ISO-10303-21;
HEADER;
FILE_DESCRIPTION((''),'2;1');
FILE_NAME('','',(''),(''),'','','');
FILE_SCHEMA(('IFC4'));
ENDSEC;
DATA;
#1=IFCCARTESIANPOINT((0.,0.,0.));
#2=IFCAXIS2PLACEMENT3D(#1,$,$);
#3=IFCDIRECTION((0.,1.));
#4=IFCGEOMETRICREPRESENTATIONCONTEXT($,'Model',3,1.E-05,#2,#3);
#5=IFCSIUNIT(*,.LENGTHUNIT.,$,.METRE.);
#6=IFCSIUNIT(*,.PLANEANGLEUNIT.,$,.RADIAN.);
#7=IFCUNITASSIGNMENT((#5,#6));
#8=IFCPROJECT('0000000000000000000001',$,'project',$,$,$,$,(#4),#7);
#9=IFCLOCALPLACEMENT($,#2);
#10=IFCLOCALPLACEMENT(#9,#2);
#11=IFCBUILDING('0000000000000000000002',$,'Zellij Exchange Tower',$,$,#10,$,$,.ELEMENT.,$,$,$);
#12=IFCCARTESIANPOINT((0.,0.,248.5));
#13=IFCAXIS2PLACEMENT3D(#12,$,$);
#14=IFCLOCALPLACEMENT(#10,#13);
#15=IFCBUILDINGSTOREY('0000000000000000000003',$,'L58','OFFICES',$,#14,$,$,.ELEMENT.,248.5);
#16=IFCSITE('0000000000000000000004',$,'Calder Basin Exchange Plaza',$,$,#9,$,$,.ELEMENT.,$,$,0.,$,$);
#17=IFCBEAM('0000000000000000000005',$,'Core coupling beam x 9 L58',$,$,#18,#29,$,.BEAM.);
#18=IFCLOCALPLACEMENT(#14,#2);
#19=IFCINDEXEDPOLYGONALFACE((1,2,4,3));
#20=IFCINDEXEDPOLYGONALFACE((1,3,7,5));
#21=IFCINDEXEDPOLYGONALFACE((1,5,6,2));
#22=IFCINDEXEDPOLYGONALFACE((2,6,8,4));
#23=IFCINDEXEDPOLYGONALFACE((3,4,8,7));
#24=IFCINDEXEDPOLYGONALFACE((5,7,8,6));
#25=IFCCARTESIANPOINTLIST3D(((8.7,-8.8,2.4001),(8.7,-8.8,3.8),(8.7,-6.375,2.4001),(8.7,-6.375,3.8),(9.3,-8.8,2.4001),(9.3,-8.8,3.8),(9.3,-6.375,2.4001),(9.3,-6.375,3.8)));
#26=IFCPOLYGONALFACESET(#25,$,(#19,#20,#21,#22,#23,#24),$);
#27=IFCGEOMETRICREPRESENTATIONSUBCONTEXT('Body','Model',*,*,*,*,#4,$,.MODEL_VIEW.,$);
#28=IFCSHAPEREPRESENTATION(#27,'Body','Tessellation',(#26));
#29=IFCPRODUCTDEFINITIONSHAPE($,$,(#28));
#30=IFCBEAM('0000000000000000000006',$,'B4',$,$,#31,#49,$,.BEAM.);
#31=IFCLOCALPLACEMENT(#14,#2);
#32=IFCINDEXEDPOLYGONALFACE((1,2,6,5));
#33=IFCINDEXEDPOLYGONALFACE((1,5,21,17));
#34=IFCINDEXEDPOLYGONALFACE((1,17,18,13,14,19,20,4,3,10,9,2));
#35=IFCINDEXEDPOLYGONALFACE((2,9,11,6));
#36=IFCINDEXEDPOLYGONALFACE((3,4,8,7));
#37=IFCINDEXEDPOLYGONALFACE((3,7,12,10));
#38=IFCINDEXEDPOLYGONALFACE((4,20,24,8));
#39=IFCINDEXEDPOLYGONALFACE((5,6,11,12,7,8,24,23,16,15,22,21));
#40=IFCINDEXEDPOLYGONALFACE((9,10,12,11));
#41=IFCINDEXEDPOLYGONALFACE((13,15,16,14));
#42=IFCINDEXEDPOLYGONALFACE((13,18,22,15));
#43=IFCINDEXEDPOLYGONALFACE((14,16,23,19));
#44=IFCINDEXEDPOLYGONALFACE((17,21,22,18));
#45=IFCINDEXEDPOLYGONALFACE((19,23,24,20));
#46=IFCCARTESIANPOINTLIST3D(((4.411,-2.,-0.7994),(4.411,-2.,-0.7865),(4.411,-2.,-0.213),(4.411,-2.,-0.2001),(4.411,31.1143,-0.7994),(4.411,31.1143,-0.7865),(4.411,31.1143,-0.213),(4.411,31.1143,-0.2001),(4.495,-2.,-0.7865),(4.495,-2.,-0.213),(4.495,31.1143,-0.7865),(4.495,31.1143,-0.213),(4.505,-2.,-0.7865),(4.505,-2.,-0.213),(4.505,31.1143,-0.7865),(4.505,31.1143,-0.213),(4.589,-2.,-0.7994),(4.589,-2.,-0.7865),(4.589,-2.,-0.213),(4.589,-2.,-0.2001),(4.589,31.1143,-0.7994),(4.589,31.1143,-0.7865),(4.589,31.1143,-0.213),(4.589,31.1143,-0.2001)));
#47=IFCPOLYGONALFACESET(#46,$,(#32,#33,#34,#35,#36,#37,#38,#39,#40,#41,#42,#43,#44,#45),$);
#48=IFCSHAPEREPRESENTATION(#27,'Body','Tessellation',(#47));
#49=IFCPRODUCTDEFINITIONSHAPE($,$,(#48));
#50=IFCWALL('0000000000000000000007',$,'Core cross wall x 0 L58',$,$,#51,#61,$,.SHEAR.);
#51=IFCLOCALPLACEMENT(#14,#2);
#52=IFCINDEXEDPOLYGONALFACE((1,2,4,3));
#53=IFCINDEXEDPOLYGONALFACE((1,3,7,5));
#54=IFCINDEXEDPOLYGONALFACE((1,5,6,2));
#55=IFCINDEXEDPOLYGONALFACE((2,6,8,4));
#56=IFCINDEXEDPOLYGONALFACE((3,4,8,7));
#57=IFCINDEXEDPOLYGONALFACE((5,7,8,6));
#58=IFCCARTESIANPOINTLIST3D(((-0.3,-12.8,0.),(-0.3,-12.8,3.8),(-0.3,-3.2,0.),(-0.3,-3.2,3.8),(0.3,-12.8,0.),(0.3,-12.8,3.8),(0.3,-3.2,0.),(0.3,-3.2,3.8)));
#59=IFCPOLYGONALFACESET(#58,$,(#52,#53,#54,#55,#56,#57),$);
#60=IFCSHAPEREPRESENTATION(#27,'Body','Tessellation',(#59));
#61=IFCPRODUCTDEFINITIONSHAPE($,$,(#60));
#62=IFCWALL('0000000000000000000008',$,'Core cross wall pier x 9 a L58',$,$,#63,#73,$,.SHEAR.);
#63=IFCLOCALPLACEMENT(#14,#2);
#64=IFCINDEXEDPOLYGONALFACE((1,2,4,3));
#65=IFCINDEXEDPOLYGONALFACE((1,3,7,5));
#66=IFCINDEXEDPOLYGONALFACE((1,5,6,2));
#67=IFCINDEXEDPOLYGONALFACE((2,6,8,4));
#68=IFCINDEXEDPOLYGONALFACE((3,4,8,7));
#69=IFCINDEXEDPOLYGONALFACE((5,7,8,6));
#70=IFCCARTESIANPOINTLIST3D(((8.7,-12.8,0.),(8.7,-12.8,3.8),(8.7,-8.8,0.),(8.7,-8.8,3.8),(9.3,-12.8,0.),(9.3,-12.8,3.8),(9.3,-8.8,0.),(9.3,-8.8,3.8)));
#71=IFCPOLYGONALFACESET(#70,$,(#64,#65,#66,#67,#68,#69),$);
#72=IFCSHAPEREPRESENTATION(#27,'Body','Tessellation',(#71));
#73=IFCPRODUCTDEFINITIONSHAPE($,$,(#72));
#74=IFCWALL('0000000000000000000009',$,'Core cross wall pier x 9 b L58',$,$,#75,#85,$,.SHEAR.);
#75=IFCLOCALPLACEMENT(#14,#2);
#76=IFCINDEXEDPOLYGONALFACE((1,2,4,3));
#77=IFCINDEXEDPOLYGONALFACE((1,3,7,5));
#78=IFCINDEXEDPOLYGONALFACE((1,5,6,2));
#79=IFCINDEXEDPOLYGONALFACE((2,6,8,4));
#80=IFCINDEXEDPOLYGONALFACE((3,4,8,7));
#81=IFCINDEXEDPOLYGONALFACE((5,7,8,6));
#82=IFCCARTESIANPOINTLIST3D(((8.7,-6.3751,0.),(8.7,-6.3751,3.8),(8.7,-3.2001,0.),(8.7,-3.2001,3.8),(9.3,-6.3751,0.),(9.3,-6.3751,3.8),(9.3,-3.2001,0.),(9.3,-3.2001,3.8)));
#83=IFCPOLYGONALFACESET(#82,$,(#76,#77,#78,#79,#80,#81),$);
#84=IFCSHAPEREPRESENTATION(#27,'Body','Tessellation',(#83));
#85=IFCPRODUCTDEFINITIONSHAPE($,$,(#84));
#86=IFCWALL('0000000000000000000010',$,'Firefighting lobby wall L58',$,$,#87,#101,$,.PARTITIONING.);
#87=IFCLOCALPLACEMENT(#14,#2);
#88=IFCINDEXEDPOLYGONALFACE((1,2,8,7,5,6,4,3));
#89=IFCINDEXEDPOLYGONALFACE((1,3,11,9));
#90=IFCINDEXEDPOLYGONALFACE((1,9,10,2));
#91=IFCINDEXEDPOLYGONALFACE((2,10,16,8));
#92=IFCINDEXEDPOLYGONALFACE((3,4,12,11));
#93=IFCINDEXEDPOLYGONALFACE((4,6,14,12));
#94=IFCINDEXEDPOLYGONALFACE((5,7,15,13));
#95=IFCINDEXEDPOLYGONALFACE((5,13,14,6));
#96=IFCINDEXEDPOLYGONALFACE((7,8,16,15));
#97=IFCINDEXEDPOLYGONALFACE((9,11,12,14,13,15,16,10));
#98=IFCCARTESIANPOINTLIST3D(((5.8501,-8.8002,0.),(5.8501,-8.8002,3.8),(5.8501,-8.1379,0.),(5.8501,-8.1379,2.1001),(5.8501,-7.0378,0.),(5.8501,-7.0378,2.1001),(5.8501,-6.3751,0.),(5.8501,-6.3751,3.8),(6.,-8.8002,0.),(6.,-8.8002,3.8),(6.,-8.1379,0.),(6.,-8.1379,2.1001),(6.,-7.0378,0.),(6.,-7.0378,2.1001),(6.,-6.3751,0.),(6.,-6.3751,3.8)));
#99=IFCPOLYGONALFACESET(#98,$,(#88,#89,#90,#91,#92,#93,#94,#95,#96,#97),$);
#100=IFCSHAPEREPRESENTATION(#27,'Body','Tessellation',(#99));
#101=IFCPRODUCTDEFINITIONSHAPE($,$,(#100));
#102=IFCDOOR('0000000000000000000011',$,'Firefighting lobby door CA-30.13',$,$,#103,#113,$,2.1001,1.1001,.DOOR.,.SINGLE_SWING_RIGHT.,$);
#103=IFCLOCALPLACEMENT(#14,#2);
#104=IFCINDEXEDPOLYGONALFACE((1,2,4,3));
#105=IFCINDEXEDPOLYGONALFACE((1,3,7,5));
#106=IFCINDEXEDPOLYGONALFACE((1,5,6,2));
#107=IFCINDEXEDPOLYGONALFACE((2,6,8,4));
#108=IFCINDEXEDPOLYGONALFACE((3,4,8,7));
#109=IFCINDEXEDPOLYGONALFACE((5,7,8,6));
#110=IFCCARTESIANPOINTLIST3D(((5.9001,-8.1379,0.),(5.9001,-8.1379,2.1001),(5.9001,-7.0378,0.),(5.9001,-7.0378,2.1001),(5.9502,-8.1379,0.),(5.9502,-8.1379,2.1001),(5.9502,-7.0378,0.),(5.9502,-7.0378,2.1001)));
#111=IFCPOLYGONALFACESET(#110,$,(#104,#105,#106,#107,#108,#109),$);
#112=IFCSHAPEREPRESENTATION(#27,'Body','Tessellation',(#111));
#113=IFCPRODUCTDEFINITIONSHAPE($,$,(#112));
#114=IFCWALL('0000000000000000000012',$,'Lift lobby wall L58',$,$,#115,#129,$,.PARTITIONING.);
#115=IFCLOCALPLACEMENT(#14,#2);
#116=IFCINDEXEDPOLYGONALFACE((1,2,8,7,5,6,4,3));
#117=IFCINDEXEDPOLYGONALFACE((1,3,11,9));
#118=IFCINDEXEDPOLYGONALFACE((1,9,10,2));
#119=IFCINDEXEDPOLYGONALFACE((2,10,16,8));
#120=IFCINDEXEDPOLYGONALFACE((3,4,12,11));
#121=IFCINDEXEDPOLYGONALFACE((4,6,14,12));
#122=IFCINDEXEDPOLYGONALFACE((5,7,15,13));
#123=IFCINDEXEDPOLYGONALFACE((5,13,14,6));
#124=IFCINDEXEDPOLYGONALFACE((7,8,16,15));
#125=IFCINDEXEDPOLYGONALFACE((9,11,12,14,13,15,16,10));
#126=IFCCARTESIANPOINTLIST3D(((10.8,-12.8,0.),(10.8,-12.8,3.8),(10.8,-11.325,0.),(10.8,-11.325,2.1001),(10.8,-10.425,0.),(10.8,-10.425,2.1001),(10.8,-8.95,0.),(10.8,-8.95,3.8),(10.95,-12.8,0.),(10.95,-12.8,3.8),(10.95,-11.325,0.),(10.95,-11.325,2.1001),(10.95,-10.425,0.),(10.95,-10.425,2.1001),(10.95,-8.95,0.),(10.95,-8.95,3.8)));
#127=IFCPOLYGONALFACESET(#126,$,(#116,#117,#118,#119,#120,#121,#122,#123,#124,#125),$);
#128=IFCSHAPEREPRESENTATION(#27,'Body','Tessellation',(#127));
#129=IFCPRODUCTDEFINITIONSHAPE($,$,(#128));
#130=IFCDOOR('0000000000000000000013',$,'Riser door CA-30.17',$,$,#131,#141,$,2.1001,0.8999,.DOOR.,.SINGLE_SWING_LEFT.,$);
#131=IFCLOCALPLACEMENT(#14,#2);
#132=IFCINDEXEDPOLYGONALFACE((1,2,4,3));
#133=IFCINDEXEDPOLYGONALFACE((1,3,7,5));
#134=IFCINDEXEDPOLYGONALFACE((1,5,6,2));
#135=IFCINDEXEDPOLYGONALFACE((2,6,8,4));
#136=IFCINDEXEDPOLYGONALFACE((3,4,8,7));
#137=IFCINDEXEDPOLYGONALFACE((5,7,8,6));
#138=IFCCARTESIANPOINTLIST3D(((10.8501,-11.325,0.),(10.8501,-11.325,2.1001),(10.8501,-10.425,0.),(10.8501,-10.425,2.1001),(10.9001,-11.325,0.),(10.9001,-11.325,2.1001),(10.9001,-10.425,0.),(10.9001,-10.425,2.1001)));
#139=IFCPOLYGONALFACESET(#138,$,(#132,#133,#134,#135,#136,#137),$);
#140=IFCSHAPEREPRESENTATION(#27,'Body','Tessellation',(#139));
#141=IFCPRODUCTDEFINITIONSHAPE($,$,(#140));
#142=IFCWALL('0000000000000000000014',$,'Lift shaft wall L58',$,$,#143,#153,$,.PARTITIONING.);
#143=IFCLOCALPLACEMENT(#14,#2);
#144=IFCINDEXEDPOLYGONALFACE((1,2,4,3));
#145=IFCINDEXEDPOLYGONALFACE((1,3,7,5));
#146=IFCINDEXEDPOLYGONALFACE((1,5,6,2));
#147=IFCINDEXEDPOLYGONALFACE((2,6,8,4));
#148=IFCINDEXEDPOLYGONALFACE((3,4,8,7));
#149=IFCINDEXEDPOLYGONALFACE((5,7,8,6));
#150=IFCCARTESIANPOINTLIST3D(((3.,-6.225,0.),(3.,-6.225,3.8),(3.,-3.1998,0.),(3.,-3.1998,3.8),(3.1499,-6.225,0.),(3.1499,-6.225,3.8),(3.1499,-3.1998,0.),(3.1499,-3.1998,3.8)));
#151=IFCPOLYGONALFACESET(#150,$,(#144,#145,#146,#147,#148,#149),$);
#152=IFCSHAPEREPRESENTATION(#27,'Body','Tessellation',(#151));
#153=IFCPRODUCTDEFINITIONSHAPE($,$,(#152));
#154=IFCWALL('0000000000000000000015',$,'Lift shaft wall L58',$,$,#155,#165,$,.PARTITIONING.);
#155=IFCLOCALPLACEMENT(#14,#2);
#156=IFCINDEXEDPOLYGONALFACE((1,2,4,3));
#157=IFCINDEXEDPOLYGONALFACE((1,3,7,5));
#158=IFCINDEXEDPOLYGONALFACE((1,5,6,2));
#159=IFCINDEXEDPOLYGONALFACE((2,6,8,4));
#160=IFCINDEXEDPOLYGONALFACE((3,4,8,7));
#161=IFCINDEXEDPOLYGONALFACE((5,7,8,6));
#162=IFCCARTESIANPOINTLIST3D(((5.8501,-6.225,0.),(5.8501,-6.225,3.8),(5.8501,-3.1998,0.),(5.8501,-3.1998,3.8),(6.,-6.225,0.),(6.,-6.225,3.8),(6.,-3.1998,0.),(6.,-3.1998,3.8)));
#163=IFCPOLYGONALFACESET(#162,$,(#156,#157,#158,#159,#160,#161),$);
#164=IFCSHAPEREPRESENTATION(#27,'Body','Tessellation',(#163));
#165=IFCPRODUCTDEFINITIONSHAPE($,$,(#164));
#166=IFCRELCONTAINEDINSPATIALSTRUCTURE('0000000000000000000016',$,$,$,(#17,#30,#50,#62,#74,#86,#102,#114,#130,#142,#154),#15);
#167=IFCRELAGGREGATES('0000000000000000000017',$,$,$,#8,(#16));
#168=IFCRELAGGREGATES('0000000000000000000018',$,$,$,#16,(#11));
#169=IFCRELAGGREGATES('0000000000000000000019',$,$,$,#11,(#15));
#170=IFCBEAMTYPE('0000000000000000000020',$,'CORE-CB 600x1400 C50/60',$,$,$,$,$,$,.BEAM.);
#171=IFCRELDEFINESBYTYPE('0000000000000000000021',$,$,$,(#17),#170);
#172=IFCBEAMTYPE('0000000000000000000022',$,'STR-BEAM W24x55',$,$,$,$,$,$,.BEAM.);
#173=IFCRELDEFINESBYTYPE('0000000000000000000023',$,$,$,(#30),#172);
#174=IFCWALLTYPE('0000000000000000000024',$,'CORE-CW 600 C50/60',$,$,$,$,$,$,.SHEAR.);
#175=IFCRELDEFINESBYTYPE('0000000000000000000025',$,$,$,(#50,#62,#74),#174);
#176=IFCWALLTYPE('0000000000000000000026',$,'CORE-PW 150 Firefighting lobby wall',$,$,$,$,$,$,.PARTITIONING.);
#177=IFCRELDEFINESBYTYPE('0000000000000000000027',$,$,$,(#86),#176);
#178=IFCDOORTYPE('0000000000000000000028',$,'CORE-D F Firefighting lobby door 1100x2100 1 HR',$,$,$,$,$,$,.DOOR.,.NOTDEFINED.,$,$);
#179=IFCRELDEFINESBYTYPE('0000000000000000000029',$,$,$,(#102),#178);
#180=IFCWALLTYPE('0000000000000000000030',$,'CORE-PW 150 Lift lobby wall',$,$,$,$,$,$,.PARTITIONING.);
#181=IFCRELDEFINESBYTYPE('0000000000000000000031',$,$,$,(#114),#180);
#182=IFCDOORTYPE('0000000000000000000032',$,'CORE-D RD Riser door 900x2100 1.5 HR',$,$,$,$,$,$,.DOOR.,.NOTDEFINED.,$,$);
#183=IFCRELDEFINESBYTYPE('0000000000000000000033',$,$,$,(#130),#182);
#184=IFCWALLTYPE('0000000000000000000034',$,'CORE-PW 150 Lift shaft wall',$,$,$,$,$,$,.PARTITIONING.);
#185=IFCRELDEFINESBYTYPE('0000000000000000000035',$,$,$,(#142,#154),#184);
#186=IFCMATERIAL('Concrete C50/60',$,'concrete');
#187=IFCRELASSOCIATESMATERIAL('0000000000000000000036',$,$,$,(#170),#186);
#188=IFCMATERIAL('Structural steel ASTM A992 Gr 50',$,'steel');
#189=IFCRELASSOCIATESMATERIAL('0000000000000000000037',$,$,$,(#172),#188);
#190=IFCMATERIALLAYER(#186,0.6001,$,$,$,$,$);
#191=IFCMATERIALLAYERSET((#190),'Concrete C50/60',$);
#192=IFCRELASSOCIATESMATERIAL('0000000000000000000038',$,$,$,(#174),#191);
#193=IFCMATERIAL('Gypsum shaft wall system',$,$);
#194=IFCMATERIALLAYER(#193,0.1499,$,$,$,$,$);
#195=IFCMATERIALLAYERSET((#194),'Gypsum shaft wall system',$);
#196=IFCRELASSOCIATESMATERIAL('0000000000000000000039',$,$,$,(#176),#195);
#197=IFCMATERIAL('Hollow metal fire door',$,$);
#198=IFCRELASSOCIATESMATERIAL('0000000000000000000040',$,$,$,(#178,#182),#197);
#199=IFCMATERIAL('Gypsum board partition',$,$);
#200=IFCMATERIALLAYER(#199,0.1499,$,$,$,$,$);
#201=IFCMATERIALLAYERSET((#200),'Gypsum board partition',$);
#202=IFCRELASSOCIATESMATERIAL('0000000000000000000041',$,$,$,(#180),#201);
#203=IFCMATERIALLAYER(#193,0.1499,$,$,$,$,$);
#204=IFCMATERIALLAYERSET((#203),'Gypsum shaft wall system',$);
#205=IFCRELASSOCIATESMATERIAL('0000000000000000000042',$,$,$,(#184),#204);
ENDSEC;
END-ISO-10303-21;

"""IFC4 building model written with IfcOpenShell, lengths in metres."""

from ifc_helpers import new_model, si_unit, direction, frame, frame_2d, origin, origin_2d, place, context, subcontext, project, spatial, rectangle, i_section, extrude, material, layer, layer_set, material_profile, profile_set, type_object, element, fill, save


model = new_model("IFC4")

# Units and contexts
model_context = context("Model", 3, precision=1e-05, world=origin(), true_north=direction((0.0, 1.0)))
body_context = subcontext(model_context, "Body", "Model", "MODEL_VIEW")
ifc_project = project(units=[si_unit("LENGTHUNIT", "METRE"), si_unit("PLANEANGLEUNIT", "RADIAN")], contexts=[model_context])

# Site, building, storey
site_placement = place(None, origin())
site = spatial("IfcSite", under=ifc_project, at=site_placement, Name="Calder Basin Exchange Plaza", CompositionType="ELEMENT", RefElevation=0.0)
building_placement = place(site_placement, origin())
building = spatial("IfcBuilding", under=site, at=building_placement, Name="Zellij Exchange Tower", CompositionType="ELEMENT")
storey_placement = place(building_placement, frame((0.0, 0.0, 248.5)))
storey = spatial("IfcBuildingStorey", under=building, at=storey_placement, Name="L58", Description="OFFICES", CompositionType="ELEMENT", Elevation=248.5)

# Beams
ifc_material_1 = material(Name="Concrete C50/60", Category="concrete")
ifc_material_profile_1 = material_profile(ifc_material_1, rectangle(XDim=0.6001, YDim=1.3999, at=origin_2d()), Name="CORE-CB 600x1400 C50/60")
ifc_profile_set_1 = profile_set([ifc_material_profile_1], Name="Concrete C50/60")
beam_type_1 = type_object("IfcBeamType", Name="CORE-CB 600x1400 C50/60", PredefinedType="BEAM", material=ifc_profile_set_1)
beam_1_placement = place(storey_placement, frame((9.0, -8.8, 3.1001), z_axis=(0.0, 1.0, 0.0), x_axis=(-1.0, 0.0, 0.0)))
element("IfcBeam", 1, at=beam_1_placement, inside=storey, type_object=beam_type_1, Name="Core coupling beam x 9 L58", PredefinedType="BEAM", context=body_context, shape_type="SweptSolid", body=[
    extrude(rectangle(XDim=0.6001, YDim=1.3999, at=origin_2d()), origin(), (0.0, 0.0, 1.0), 2.425),
])
ifc_material_2 = material(Name="Structural steel ASTM A992 Gr 50", Category="steel")
ifc_material_profile_2 = material_profile(ifc_material_2, i_section(OverallWidth=0.178, OverallDepth=0.5994, WebThickness=0.01, FlangeThickness=0.0129, at=origin_2d()), Name="W24x55")
ifc_profile_set_2 = profile_set([ifc_material_profile_2], Name="Structural steel ASTM A992 Gr 50")
beam_type_2 = type_object("IfcBeamType", Name="STR-BEAM W24x55", PredefinedType="BEAM", material=ifc_profile_set_2)
beam_2_placement = place(storey_placement, frame((4.5, -2.0, -0.4998), z_axis=(0.0, 1.0, 0.0), x_axis=(-1.0, 0.0, 0.0)))
element("IfcBeam", 2, at=beam_2_placement, inside=storey, type_object=beam_type_2, Name="B4", PredefinedType="BEAM", context=body_context, shape_type="SweptSolid", body=[
    extrude(i_section(OverallWidth=0.178, OverallDepth=0.5994, WebThickness=0.01, FlangeThickness=0.0129, at=origin_2d()), origin(), (0.0, 0.0, 1.0), 33.1143),
])

# Walls
ifc_layer_1 = layer(ifc_material_1, 0.6001)
ifc_layer_set_1 = layer_set([ifc_layer_1], Name="Concrete C50/60")
wall_type_1 = type_object("IfcWallType", Name="CORE-CW 600 C50/60", PredefinedType="SHEAR", material=ifc_layer_set_1)
wall_1_placement = place(storey_placement, frame((0.0, -12.8, 0.0), z_axis=(0.0, 0.0, 1.0), x_axis=(0.0, 1.0, 0.0)))
element("IfcWall", 3, at=wall_1_placement, inside=storey, type_object=wall_type_1, Name="Core cross wall x 0 L58", PredefinedType="SHEAR", context=body_context, shape_type="SweptSolid", body=[
    extrude(rectangle(XDim=9.6001, YDim=0.6001, at=frame_2d((4.8, 0.0))), origin(), (0.0, 0.0, 1.0), 3.8),
])
wall_2_placement = place(storey_placement, frame((9.0, -12.8, 0.0), z_axis=(0.0, 0.0, 1.0), x_axis=(0.0, 1.0, 0.0)))
element("IfcWall", 4, at=wall_2_placement, inside=storey, type_object=wall_type_1, Name="Core cross wall pier x 9 a L58", PredefinedType="SHEAR", context=body_context, shape_type="SweptSolid", body=[
    extrude(rectangle(XDim=4.0, YDim=0.6001, at=frame_2d((2.0, 0.0))), origin(), (0.0, 0.0, 1.0), 3.8),
])
wall_3_placement = place(storey_placement, frame((9.0, -6.375, 0.0), z_axis=(0.0, 0.0, 1.0), x_axis=(0.0, 1.0, 0.0)))
element("IfcWall", 5, at=wall_3_placement, inside=storey, type_object=wall_type_1, Name="Core cross wall pier x 9 b L58", PredefinedType="SHEAR", context=body_context, shape_type="SweptSolid", body=[
    extrude(rectangle(XDim=3.175, YDim=0.6001, at=frame_2d((1.5874, 0.0))), origin(), (0.0, 0.0, 1.0), 3.8),
])

# Walls, openings, doors
ifc_material_3 = material(Name="Gypsum shaft wall system")
ifc_layer_2 = layer(ifc_material_3, 0.1499)
ifc_layer_set_2 = layer_set([ifc_layer_2], Name="Gypsum shaft wall system")
wall_type_2 = type_object("IfcWallType", Name="CORE-PW 150 Firefighting lobby wall", PredefinedType="PARTITIONING", material=ifc_layer_set_2)
wall_4_placement = place(storey_placement, frame((5.925, -8.8, 0.0), z_axis=(0.0, 0.0, 1.0), x_axis=(0.0, 1.0, 0.0)))
wall_4 = element("IfcWall", 6, at=wall_4_placement, inside=storey, type_object=wall_type_2, Name="Firefighting lobby wall L58", PredefinedType="PARTITIONING", context=body_context, shape_type="SweptSolid", body=[
    extrude(rectangle(XDim=2.425, YDim=0.1499, at=frame_2d((1.2124, 0.0))), origin(), (0.0, 0.0, 1.0), 3.8),
])
opening_1_placement = place(wall_4_placement, frame((0.6621, 0.0, 0.0)))
opening_1 = element("IfcOpeningElement", 7, at=opening_1_placement, cuts=wall_4, PredefinedType="OPENING", context=body_context, shape_type="SweptSolid", body=[
    extrude(rectangle(XDim=1.1001, YDim=2.1001, at=frame_2d((0.55, 1.05))), frame((0.0, 0.0869, 0.0), z_axis=(0.0, -1.0, 0.0), x_axis=(1.0, 0.0, 0.0)), (0.0, 0.0, 1.0), 0.1738),
])
ifc_material_4 = material(Name="Hollow metal fire door")
door_type_1 = type_object("IfcDoorType", Name="CORE-D F Firefighting lobby door 1100x2100 1 HR", OperationType="NOTDEFINED", PredefinedType="DOOR", material=ifc_material_4)
door_1_placement = place(opening_1_placement, origin())
door_1 = element("IfcDoor", 8, at=door_1_placement, inside=storey, type_object=door_type_1, Name="Firefighting lobby door CA-30.13", OperationType="SINGLE_SWING_RIGHT", OverallHeight=2.1001, OverallWidth=1.1001, PredefinedType="DOOR", context=body_context, shape_type="SweptSolid", body=[
    extrude(rectangle(XDim=1.1001, YDim=2.1001, at=frame_2d((0.55, 1.05))), frame((0.0, 0.0249, 0.0), z_axis=(0.0, -1.0, 0.0), x_axis=(1.0, 0.0, 0.0)), (0.0, 0.0, 1.0), 0.05),
])
fill(opening_1, door_1)
ifc_material_5 = material(Name="Gypsum board partition")
ifc_layer_3 = layer(ifc_material_5, 0.1499)
ifc_layer_set_3 = layer_set([ifc_layer_3], Name="Gypsum board partition")
wall_type_3 = type_object("IfcWallType", Name="CORE-PW 150 Lift lobby wall", PredefinedType="PARTITIONING", material=ifc_layer_set_3)
wall_5_placement = place(storey_placement, frame((10.875, -12.8, 0.0), z_axis=(0.0, 0.0, 1.0), x_axis=(0.0, 1.0, 0.0)))
wall_5 = element("IfcWall", 9, at=wall_5_placement, inside=storey, type_object=wall_type_3, Name="Lift lobby wall L58", PredefinedType="PARTITIONING", context=body_context, shape_type="SweptSolid", body=[
    extrude(rectangle(XDim=3.8501, YDim=0.1499, at=frame_2d((1.925, 0.0))), origin(), (0.0, 0.0, 1.0), 3.8),
])
opening_2_placement = place(wall_5_placement, frame((1.4751, 0.0, 0.0)))
opening_2 = element("IfcOpeningElement", 10, at=opening_2_placement, cuts=wall_5, PredefinedType="OPENING", context=body_context, shape_type="SweptSolid", body=[
    extrude(rectangle(XDim=0.8999, YDim=2.1001, at=frame_2d((0.45, 1.05))), frame((0.0, 0.0869, 0.0), z_axis=(0.0, -1.0, 0.0), x_axis=(1.0, 0.0, 0.0)), (0.0, 0.0, 1.0), 0.1738),
])
door_type_2 = type_object("IfcDoorType", Name="CORE-D RD Riser door 900x2100 1.5 HR", OperationType="NOTDEFINED", PredefinedType="DOOR", material=ifc_material_4)
door_2_placement = place(opening_2_placement, origin())
door_2 = element("IfcDoor", 11, at=door_2_placement, inside=storey, type_object=door_type_2, Name="Riser door CA-30.17", OperationType="SINGLE_SWING_LEFT", OverallHeight=2.1001, OverallWidth=0.8999, PredefinedType="DOOR", context=body_context, shape_type="SweptSolid", body=[
    extrude(rectangle(XDim=0.8999, YDim=2.1001, at=frame_2d((0.45, 1.05))), frame((0.0, 0.0249, 0.0), z_axis=(0.0, -1.0, 0.0), x_axis=(1.0, 0.0, 0.0)), (0.0, 0.0, 1.0), 0.05),
])
fill(opening_2, door_2)

# Walls
ifc_layer_4 = layer(ifc_material_3, 0.1499)
ifc_layer_set_4 = layer_set([ifc_layer_4], Name="Gypsum shaft wall system")
wall_type_4 = type_object("IfcWallType", Name="CORE-PW 150 Lift shaft wall", PredefinedType="PARTITIONING", material=ifc_layer_set_4)
for number, where, z_axis, x_axis, name in (
    (12, (3.075, -6.2251, 0.0), (0.0, 0.0, 1.0), (0.0, 1.0, 0.0), "Lift shaft wall L58"),
    (13, (5.925, -6.2251, 0.0), (0.0, 0.0, 1.0), (0.0, 1.0, 0.0), "Lift shaft wall L58"),
):
    element("IfcWall", number, at=place(storey_placement, frame(where, z_axis=z_axis, x_axis=x_axis)), inside=storey, type_object=wall_type_4, Name=name, PredefinedType="PARTITIONING", context=body_context, shape_type="SweptSolid", body=[
        extrude(rectangle(XDim=3.0251, YDim=0.1499, at=frame_2d((1.5127, 0.0))), origin(), (0.0, 0.0, 1.0), 3.8),
    ])

save(model, "model.ifc")
